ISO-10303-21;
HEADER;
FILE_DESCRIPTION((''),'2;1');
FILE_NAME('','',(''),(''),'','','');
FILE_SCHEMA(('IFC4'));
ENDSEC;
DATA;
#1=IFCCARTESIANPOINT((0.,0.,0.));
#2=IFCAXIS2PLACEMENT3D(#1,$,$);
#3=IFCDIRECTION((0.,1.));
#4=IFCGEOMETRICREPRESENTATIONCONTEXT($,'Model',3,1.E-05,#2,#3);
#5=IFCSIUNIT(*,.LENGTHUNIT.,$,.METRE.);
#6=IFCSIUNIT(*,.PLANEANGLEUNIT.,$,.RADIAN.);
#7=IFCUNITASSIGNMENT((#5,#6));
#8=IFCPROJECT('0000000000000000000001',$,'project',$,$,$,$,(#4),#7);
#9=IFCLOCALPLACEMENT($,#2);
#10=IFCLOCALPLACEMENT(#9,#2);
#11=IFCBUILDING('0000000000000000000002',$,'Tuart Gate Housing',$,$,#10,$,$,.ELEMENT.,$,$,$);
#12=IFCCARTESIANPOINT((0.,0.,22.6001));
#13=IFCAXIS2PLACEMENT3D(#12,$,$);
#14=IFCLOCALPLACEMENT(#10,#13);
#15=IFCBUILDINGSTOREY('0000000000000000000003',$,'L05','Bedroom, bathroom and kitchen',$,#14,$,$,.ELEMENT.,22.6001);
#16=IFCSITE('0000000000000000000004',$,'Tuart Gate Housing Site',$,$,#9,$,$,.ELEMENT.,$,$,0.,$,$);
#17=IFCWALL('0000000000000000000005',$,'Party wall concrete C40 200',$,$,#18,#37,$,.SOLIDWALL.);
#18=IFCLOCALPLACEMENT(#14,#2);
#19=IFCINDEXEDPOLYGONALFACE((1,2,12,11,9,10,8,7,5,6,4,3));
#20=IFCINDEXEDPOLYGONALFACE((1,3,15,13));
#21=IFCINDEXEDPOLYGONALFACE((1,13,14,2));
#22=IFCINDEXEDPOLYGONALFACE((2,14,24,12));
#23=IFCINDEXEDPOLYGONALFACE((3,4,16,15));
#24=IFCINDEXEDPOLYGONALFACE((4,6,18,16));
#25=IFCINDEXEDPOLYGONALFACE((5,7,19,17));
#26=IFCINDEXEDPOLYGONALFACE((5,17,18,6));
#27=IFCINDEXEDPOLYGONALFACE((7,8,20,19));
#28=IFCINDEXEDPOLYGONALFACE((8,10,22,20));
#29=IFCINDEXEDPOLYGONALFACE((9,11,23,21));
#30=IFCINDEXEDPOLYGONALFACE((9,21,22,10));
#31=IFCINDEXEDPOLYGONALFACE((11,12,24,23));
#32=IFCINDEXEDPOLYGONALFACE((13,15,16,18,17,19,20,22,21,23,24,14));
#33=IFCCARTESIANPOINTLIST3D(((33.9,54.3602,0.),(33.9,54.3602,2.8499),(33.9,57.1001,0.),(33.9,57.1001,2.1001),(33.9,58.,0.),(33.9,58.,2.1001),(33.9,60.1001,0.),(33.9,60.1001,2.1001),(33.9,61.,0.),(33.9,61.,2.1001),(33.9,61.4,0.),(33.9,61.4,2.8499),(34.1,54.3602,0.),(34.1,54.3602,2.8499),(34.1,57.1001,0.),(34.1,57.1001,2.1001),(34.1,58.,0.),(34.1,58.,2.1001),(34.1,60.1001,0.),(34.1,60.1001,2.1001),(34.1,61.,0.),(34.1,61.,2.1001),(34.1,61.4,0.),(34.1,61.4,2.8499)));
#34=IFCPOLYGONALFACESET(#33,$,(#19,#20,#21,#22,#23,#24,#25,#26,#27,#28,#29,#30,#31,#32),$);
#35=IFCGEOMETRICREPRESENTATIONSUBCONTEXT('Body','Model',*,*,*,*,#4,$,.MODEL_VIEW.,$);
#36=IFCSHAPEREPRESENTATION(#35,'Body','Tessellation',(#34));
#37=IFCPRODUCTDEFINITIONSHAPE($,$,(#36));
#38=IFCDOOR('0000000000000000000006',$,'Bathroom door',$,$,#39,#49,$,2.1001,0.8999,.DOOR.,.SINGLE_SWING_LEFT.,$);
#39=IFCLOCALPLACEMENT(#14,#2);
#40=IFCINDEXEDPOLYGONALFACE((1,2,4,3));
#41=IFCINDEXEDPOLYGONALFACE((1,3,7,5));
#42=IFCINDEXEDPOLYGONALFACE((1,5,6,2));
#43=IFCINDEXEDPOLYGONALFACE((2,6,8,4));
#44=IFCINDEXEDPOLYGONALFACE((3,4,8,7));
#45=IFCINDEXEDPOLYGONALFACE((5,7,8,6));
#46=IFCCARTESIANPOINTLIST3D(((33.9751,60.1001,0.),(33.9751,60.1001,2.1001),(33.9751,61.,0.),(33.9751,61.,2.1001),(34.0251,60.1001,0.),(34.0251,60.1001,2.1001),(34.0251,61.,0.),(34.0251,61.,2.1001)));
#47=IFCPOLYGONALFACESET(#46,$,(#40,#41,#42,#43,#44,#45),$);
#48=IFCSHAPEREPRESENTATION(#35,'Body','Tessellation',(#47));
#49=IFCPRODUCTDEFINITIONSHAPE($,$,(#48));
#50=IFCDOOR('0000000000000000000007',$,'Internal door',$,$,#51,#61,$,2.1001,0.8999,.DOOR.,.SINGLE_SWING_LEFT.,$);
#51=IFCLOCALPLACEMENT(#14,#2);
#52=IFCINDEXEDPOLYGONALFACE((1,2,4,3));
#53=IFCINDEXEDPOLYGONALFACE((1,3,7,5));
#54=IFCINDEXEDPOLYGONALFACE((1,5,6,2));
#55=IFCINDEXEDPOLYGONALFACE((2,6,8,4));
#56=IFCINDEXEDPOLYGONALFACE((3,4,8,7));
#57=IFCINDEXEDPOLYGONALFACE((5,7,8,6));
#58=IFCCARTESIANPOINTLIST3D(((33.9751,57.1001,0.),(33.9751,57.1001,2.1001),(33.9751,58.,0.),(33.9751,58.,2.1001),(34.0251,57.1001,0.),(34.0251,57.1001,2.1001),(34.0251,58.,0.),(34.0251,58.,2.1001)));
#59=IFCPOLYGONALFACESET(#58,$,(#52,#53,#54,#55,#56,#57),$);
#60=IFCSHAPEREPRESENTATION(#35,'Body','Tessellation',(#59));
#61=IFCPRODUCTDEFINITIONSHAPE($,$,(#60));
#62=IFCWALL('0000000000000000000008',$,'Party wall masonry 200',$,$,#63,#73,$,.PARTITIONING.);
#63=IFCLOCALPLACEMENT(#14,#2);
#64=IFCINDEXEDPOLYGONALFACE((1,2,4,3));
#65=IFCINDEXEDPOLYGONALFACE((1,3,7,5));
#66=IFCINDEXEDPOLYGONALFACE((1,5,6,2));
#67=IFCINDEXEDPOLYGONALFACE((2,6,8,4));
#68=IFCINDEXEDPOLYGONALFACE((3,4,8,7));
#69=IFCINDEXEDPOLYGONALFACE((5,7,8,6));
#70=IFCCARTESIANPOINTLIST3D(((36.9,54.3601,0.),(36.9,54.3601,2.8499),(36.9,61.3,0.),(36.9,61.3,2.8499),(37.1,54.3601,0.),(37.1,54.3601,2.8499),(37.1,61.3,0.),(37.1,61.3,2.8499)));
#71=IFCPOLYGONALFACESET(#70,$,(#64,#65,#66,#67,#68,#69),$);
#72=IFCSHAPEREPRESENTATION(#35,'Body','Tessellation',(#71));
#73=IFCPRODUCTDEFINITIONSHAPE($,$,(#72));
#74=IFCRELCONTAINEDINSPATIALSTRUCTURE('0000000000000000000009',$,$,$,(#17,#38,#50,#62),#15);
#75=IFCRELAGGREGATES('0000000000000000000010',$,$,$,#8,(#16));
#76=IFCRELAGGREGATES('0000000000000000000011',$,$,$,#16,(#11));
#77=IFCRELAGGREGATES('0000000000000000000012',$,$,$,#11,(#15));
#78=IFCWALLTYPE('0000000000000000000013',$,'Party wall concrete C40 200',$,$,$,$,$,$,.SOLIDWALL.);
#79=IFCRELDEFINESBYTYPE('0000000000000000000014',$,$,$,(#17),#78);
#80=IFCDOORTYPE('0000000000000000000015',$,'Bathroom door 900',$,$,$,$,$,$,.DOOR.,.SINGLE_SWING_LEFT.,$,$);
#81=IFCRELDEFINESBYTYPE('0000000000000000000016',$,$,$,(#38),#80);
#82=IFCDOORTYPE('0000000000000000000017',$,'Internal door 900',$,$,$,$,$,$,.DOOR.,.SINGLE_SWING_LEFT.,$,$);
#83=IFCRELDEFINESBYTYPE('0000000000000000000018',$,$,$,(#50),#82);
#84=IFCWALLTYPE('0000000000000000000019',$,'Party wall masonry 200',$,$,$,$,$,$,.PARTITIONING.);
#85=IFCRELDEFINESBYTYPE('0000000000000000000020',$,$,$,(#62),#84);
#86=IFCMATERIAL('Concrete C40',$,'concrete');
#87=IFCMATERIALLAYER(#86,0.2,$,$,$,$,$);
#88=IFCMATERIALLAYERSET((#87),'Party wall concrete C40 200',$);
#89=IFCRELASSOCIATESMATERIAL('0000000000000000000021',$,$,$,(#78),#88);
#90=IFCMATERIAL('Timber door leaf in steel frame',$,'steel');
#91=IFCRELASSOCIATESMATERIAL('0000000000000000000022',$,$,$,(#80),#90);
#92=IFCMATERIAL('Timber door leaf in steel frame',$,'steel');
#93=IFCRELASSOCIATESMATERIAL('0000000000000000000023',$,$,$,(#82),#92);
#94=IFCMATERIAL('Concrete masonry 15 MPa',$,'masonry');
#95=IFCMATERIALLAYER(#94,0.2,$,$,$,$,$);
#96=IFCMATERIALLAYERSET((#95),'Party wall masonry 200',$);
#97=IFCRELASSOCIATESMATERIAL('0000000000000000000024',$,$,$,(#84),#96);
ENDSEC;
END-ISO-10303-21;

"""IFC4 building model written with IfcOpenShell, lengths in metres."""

from ifc_helpers import new_model, si_unit, direction, frame, frame_2d, origin, place, context, subcontext, project, spatial, rectangle, extrude, material, layer, layer_set, type_object, element, fill, save


model = new_model("IFC4")

# Units and contexts
model_context = context("Model", 3, precision=1e-05, world=origin(), true_north=direction((0.0, 1.0)))
body_context = subcontext(model_context, "Body", "Model", "MODEL_VIEW")
ifc_project = project(units=[si_unit("LENGTHUNIT", "METRE"), si_unit("PLANEANGLEUNIT", "RADIAN")], contexts=[model_context])

# Site, building, storey
site_placement = place(None, origin())
site = spatial("IfcSite", under=ifc_project, at=site_placement, Name="Tuart Gate Housing Site", CompositionType="ELEMENT", RefElevation=0.0)
building_placement = place(site_placement, origin())
building = spatial("IfcBuilding", under=site, at=building_placement, Name="Tuart Gate Housing", CompositionType="ELEMENT")
storey_placement = place(building_placement, frame((0.0, 0.0, 22.6001)))
storey = spatial("IfcBuildingStorey", under=building, at=storey_placement, Name="L05", Description="Bedroom, bathroom and kitchen", CompositionType="ELEMENT", Elevation=22.6001)

# Wall, openings, doors
ifc_material_1 = material(Name="Concrete C40", Category="concrete")
ifc_layer_1 = layer(ifc_material_1, 0.2)
ifc_layer_set_1 = layer_set([ifc_layer_1], Name="Party wall concrete C40 200")
wall_type_1 = type_object("IfcWallType", Name="Party wall concrete C40 200", PredefinedType="SOLIDWALL", material=ifc_layer_set_1)
wall_1_placement = place(storey_placement, frame((34.0, 54.3601, 0.0), z_axis=(0.0, 0.0, 1.0), x_axis=(0.0, 1.0, 0.0)))
wall_1 = element("IfcWall", 1, at=wall_1_placement, inside=storey, type_object=wall_type_1, Name="Party wall concrete C40 200", PredefinedType="SOLIDWALL", context=body_context, shape_type="SweptSolid", body=[
    extrude(rectangle(XDim=7.0398, YDim=0.2, at=frame_2d((3.52, 0.0))), origin(), (0.0, 0.0, 1.0), 2.8499),
])
opening_1_placement = place(wall_1_placement, frame((2.74, 0.0, 0.0)))
opening_1 = element("IfcOpeningElement", 2, at=opening_1_placement, cuts=wall_1, PredefinedType="OPENING", context=body_context, shape_type="SweptSolid", body=[
    extrude(rectangle(XDim=0.8999, YDim=2.1001, at=frame_2d((0.45, 1.05))), frame((0.0, 0.1099, 0.0), z_axis=(0.0, -1.0, 0.0), x_axis=(1.0, 0.0, 0.0)), (0.0, 0.0, 1.0), 0.22),
])
opening_2_placement = place(wall_1_placement, frame((5.74, 0.0, 0.0)))
opening_2 = element("IfcOpeningElement", 3, at=opening_2_placement, cuts=wall_1, PredefinedType="OPENING", context=body_context, shape_type="SweptSolid", body=[
    extrude(rectangle(XDim=0.8999, YDim=2.1001, at=frame_2d((0.45, 1.05))), frame((0.0, 0.1099, 0.0), z_axis=(0.0, -1.0, 0.0), x_axis=(1.0, 0.0, 0.0)), (0.0, 0.0, 1.0), 0.22),
])
ifc_material_2 = material(Name="Timber door leaf in steel frame", Category="steel")
door_type_1 = type_object("IfcDoorType", Name="Bathroom door 900", OperationType="SINGLE_SWING_LEFT", PredefinedType="DOOR", material=ifc_material_2)
door_1_placement = place(opening_2_placement, frame((0.8999, 0.0, 0.0), z_axis=(0.0, 0.0, 1.0), x_axis=(-1.0, 0.0, 0.0)))
door_1 = element("IfcDoor", 4, at=door_1_placement, inside=storey, type_object=door_type_1, Name="Bathroom door", OperationType="SINGLE_SWING_LEFT", OverallHeight=2.1001, OverallWidth=0.8999, PredefinedType="DOOR", context=body_context, shape_type="SweptSolid", body=[
    extrude(rectangle(XDim=0.8999, YDim=2.1001, at=frame_2d((0.45, 1.05))), frame((0.0, 0.0251, 0.0), z_axis=(0.0, -1.0, 0.0), x_axis=(1.0, 0.0, 0.0)), (0.0, 0.0, 1.0), 0.05),
])
fill(opening_2, door_1)
ifc_material_3 = material(Name="Timber door leaf in steel frame", Category="steel")
door_type_2 = type_object("IfcDoorType", Name="Internal door 900", OperationType="SINGLE_SWING_LEFT", PredefinedType="DOOR", material=ifc_material_3)
door_2_placement = place(opening_1_placement, frame((0.8999, 0.0, 0.0), z_axis=(0.0, 0.0, 1.0), x_axis=(-1.0, 0.0, 0.0)))
door_2 = element("IfcDoor", 5, at=door_2_placement, inside=storey, type_object=door_type_2, Name="Internal door", OperationType="SINGLE_SWING_LEFT", OverallHeight=2.1001, OverallWidth=0.8999, PredefinedType="DOOR", context=body_context, shape_type="SweptSolid", body=[
    extrude(rectangle(XDim=0.8999, YDim=2.1001, at=frame_2d((0.45, 1.05))), frame((0.0, 0.0251, 0.0), z_axis=(0.0, -1.0, 0.0), x_axis=(1.0, 0.0, 0.0)), (0.0, 0.0, 1.0), 0.05),
])
fill(opening_1, door_2)

# Wall
ifc_material_4 = material(Name="Concrete masonry 15 MPa", Category="masonry")
ifc_layer_2 = layer(ifc_material_4, 0.2)
ifc_layer_set_2 = layer_set([ifc_layer_2], Name="Party wall masonry 200")
wall_type_2 = type_object("IfcWallType", Name="Party wall masonry 200", PredefinedType="PARTITIONING", material=ifc_layer_set_2)
wall_2_placement = place(storey_placement, frame((37.0, 54.3601, 0.0), z_axis=(0.0, 0.0, 1.0), x_axis=(0.0, 1.0, 0.0)))
element("IfcWall", 6, at=wall_2_placement, inside=storey, type_object=wall_type_2, Name="Party wall masonry 200", PredefinedType="PARTITIONING", context=body_context, shape_type="SweptSolid", body=[
    extrude(rectangle(XDim=6.9399, YDim=0.2, at=frame_2d((3.47, 0.0))), origin(), (0.0, 0.0, 1.0), 2.8499),
])

save(model, "model.ifc")
